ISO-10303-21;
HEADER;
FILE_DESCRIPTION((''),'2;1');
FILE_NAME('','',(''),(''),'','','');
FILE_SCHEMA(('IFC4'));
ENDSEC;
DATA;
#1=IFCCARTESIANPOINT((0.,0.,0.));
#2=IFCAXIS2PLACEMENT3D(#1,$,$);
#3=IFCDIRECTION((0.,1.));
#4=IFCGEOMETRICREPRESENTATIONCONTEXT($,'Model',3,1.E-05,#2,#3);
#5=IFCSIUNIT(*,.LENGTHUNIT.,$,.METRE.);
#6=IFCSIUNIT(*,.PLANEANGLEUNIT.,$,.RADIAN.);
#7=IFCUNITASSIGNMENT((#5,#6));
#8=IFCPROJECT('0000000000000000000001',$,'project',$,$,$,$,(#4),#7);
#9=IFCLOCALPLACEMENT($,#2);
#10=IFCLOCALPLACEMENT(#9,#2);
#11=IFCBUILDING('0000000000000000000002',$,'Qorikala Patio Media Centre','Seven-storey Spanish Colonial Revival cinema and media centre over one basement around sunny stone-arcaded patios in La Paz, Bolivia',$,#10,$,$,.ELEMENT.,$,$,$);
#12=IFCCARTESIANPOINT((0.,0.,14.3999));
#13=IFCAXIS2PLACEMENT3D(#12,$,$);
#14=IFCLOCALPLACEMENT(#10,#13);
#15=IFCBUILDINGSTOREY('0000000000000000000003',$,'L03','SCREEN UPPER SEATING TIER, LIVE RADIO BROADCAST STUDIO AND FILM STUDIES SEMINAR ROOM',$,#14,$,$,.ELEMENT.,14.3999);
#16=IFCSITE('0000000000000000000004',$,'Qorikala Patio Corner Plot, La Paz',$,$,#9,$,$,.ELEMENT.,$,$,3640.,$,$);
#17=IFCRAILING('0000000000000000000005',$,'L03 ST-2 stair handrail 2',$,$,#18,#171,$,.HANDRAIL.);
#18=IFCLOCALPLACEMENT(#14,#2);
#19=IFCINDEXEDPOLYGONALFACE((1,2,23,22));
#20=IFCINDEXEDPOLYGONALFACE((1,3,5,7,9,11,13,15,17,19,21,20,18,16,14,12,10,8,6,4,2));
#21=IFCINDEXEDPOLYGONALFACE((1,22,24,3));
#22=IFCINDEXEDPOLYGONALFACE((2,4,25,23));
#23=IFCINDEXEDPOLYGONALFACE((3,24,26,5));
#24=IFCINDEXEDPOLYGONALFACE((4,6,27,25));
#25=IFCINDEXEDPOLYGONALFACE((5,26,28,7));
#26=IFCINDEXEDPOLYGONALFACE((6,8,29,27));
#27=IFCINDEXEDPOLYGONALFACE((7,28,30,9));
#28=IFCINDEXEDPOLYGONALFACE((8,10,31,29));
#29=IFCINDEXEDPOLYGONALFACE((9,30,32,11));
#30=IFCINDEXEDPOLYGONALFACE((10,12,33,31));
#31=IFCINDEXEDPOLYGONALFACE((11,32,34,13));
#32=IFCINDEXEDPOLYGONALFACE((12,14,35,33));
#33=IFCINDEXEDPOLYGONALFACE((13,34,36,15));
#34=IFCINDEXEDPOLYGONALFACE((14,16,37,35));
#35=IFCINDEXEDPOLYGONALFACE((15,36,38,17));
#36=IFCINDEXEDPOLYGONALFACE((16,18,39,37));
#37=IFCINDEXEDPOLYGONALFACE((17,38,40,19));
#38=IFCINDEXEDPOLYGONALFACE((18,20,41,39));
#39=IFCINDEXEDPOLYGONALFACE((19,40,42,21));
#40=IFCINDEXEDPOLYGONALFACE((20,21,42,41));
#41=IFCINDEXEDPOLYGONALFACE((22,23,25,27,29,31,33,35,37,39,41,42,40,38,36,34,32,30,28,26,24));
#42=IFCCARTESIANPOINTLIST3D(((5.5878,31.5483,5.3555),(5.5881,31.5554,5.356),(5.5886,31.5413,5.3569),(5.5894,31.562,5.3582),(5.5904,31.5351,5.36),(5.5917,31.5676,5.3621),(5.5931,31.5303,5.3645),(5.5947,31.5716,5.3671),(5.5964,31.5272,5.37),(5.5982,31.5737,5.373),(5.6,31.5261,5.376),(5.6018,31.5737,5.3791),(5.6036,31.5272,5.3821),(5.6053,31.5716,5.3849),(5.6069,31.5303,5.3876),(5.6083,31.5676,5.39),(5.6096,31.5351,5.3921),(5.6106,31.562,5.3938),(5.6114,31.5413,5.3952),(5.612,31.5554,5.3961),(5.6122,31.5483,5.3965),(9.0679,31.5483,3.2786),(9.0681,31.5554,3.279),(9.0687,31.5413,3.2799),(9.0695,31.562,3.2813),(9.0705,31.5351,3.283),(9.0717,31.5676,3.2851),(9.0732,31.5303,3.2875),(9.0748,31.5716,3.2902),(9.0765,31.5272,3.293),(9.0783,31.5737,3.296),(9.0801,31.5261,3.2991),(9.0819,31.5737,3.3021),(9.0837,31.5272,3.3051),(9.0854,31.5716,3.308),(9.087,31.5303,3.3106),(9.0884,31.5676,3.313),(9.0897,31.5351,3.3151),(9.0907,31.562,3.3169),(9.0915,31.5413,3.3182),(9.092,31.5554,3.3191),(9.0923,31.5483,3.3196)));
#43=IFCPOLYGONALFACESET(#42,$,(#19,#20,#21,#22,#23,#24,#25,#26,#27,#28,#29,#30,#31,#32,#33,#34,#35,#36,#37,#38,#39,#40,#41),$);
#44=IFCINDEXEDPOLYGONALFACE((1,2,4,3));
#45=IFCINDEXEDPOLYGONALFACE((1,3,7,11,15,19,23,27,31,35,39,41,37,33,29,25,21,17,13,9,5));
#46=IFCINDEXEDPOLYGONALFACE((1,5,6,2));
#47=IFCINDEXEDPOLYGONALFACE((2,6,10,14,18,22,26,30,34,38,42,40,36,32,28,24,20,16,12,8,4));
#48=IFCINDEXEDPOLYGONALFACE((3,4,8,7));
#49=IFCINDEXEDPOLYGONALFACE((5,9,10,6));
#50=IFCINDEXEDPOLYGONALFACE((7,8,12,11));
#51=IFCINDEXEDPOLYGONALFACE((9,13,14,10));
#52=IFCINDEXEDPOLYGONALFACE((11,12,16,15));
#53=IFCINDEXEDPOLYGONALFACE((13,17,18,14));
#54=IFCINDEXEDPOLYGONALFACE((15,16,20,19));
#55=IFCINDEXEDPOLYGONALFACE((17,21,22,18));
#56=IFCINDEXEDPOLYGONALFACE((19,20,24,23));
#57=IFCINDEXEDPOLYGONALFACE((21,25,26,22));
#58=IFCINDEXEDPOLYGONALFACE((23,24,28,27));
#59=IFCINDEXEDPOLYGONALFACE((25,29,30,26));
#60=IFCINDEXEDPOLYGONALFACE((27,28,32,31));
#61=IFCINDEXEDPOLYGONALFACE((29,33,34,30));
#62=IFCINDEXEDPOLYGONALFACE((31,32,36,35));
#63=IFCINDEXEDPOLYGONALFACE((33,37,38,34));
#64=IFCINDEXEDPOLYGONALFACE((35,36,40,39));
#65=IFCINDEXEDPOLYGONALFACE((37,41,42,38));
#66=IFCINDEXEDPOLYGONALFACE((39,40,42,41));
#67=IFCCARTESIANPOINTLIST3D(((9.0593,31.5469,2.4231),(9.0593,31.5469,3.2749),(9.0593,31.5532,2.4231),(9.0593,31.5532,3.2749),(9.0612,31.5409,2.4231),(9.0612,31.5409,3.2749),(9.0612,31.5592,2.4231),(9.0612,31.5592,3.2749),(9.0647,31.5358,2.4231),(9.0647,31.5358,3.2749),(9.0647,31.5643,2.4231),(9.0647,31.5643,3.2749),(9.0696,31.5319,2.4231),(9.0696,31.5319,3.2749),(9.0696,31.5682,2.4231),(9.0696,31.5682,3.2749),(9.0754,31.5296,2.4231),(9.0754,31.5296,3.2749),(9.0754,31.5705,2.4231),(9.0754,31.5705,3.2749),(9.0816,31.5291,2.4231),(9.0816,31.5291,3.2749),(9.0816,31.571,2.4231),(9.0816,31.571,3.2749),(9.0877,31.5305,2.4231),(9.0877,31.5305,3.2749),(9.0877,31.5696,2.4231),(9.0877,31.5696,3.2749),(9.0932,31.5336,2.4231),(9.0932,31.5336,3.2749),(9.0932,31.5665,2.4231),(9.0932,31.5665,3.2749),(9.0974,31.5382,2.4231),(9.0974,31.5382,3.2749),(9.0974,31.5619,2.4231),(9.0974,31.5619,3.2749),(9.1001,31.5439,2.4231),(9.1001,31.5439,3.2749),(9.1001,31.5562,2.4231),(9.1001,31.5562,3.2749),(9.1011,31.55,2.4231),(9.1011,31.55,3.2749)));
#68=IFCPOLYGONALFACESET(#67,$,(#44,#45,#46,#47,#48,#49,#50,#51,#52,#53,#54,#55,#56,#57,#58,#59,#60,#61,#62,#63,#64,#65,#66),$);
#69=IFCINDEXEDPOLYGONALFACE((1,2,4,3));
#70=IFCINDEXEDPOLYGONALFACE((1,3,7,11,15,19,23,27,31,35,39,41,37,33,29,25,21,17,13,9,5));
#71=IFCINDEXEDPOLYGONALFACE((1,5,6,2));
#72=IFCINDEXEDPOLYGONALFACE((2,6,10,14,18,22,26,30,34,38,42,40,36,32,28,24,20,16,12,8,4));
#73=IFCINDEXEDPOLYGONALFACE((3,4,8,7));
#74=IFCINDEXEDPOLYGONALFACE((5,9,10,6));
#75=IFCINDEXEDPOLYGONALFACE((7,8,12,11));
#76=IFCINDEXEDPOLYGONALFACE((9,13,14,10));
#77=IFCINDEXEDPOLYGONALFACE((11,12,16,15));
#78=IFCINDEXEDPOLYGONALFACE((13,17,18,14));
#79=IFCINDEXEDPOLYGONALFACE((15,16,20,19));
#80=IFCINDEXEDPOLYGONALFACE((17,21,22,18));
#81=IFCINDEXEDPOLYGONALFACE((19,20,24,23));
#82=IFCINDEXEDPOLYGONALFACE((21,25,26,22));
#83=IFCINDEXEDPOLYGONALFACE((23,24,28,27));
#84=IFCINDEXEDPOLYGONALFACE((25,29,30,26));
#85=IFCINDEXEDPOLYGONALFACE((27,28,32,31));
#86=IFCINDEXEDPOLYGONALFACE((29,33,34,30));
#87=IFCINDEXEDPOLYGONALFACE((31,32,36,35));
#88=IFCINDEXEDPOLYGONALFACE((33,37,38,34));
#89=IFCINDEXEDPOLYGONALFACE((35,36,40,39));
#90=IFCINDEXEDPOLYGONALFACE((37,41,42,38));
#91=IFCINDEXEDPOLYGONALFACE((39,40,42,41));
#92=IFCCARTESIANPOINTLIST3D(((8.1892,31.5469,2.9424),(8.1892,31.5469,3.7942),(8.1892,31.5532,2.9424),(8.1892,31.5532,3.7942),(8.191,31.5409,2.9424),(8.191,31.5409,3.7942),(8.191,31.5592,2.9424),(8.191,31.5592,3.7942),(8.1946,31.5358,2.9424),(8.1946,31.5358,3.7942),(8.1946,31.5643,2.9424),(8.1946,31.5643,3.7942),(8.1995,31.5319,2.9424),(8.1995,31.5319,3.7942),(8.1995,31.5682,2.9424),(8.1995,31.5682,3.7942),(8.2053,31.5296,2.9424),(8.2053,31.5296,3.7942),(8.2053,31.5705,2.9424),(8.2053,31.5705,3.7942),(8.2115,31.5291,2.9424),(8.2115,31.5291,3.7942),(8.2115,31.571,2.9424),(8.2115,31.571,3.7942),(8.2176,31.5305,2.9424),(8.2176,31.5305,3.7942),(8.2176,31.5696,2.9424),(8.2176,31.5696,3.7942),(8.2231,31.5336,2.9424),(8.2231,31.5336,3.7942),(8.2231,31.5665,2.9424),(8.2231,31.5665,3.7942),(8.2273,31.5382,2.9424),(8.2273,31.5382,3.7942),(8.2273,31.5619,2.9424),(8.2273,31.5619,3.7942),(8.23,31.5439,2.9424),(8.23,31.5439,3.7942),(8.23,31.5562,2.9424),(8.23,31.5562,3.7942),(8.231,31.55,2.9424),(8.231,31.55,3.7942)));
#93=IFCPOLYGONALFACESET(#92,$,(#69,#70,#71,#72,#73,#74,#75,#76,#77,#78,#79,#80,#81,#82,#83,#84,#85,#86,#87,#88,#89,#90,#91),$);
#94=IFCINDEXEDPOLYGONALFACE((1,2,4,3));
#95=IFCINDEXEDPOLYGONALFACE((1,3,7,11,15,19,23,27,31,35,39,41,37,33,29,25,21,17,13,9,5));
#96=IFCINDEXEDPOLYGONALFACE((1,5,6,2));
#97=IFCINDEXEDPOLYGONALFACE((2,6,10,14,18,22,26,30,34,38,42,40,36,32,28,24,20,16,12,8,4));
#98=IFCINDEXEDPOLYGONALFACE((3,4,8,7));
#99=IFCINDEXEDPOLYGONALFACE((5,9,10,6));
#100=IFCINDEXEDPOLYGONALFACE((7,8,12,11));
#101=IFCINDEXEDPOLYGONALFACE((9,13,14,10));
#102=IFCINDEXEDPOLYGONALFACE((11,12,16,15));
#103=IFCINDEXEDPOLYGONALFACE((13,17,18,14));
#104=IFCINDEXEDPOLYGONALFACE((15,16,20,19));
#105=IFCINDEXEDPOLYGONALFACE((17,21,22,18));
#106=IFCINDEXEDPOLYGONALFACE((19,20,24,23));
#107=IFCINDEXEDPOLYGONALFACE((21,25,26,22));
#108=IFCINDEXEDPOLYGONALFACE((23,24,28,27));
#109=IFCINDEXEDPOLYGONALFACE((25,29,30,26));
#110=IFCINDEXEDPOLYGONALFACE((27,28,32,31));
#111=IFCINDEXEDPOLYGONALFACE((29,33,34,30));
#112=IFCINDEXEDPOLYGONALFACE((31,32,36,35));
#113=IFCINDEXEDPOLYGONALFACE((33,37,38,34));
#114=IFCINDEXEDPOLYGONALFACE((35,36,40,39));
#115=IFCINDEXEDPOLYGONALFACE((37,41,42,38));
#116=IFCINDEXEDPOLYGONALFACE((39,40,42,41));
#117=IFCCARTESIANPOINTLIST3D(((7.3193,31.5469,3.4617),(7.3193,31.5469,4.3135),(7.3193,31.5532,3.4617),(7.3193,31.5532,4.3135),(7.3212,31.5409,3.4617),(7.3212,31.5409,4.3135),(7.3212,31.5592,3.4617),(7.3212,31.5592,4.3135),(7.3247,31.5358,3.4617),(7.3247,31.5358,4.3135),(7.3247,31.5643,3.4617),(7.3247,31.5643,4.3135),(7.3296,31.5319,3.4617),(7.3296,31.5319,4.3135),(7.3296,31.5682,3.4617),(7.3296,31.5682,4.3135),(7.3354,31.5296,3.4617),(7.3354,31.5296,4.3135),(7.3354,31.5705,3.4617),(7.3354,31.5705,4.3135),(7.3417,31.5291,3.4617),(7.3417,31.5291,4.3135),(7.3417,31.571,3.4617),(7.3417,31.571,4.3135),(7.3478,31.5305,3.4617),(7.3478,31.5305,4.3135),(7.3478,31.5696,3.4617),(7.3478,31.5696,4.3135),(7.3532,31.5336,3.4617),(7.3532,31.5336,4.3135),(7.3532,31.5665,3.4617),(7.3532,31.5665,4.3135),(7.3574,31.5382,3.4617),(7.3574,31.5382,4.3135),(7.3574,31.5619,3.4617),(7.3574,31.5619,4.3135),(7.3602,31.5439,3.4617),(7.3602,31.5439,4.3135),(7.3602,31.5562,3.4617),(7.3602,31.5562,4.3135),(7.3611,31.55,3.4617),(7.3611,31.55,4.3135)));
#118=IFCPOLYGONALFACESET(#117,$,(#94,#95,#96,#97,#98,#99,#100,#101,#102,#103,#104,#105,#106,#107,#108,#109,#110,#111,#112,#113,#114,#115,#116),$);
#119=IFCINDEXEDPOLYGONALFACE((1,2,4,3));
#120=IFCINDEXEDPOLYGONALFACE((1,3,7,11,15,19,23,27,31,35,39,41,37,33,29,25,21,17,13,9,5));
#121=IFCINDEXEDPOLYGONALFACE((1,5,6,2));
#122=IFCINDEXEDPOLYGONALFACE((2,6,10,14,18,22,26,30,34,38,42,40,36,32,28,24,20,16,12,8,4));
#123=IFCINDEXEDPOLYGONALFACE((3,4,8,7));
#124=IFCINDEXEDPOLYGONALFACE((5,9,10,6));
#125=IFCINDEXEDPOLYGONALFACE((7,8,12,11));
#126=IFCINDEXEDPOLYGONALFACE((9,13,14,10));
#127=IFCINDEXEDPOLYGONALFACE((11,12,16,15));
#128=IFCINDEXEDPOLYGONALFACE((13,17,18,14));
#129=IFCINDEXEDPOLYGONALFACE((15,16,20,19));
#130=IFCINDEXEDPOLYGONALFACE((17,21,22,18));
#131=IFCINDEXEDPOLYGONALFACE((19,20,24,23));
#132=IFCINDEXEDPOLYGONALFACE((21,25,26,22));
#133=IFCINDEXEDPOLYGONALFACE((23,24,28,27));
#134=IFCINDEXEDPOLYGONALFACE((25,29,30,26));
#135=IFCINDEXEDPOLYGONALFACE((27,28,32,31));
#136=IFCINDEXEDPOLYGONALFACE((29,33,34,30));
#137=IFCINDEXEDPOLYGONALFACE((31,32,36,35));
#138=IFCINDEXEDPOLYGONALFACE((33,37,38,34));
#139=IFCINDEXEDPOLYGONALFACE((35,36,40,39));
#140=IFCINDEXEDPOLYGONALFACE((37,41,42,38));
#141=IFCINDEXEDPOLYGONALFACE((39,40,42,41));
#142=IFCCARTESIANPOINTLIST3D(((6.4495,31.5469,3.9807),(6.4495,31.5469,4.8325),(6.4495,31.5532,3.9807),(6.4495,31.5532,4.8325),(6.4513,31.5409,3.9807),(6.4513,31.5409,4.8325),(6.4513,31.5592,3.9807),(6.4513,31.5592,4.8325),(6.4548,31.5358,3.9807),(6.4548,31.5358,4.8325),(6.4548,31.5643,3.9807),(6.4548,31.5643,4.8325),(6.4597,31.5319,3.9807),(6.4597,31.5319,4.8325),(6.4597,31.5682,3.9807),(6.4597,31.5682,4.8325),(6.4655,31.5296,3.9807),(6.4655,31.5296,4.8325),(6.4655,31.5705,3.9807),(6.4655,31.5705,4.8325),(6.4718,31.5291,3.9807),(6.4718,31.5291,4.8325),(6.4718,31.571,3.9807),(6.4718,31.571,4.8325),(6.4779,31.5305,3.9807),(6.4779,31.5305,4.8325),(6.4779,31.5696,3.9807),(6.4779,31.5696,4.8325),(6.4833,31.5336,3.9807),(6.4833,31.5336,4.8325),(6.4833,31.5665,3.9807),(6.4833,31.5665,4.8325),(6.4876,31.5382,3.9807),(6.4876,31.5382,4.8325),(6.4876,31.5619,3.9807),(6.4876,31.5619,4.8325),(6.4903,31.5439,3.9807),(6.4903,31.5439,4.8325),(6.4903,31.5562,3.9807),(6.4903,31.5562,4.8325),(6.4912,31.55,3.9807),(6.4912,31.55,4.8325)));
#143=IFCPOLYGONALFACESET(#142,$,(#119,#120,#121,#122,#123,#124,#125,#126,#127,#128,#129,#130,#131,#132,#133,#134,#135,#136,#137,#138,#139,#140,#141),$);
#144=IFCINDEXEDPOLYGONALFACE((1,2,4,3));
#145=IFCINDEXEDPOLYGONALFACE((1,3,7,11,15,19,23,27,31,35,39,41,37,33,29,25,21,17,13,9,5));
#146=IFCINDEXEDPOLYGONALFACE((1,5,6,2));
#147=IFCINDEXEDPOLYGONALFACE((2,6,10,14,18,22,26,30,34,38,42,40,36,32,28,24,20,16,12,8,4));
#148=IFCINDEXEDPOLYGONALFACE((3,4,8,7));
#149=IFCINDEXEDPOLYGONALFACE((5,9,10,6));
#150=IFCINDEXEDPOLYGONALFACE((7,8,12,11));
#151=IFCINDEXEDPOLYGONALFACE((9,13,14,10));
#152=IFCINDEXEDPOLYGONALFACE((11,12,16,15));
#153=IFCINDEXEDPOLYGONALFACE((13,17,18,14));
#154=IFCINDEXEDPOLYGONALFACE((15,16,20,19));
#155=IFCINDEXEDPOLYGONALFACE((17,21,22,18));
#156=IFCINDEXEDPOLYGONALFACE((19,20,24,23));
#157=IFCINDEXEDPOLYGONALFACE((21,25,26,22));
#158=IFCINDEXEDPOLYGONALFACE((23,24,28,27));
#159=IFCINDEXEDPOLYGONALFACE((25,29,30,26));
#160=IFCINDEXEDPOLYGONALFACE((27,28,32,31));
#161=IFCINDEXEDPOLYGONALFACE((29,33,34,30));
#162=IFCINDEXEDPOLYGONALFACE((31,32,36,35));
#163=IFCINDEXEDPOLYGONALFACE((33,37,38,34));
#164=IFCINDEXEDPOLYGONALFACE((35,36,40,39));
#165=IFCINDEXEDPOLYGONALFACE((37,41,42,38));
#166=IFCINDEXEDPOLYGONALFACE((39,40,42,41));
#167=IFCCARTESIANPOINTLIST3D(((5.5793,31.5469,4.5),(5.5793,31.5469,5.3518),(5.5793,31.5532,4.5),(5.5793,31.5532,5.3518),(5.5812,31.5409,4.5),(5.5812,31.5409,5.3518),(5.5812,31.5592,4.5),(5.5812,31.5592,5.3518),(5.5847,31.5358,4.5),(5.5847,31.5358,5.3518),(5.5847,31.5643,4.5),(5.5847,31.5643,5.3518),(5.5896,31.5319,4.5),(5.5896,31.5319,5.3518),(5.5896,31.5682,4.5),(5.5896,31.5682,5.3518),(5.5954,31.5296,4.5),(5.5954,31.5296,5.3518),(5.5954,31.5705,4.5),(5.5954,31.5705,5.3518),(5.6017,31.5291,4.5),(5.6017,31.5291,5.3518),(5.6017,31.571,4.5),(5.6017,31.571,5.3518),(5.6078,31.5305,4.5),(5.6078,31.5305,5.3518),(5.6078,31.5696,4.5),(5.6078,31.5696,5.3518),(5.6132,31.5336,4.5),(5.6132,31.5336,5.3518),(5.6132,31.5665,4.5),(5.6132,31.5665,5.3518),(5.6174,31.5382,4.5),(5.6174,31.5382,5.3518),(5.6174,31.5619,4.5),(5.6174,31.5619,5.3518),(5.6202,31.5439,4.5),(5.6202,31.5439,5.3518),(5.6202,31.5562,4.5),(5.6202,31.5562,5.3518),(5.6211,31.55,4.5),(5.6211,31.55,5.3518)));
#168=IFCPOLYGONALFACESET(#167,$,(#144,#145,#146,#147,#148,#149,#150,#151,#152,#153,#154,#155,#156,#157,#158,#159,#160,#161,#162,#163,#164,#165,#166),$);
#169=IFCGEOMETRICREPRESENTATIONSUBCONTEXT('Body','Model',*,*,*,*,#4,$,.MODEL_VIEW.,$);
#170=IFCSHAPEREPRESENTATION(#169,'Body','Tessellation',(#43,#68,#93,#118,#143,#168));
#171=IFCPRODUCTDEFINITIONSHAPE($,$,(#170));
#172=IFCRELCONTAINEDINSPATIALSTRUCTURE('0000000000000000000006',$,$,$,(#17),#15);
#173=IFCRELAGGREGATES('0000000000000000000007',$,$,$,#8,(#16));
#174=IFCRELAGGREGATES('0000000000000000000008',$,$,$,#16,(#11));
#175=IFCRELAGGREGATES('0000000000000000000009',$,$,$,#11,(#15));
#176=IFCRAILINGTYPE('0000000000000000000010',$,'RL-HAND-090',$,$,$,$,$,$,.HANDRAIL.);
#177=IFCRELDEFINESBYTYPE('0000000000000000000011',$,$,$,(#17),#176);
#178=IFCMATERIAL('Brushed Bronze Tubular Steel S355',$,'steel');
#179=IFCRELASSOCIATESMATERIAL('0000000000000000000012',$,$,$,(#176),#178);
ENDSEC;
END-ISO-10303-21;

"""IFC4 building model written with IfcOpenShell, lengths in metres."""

from ifc_helpers import new_model, si_unit, direction, frame, origin, origin_2d, place, context, subcontext, project, spatial, circle, extrude, material, type_object, element, save


model = new_model("IFC4")

# Units and contexts
model_context = context("Model", 3, precision=1e-05, world=origin(), true_north=direction((0.0, 1.0)))
body_context = subcontext(model_context, "Body", "Model", "MODEL_VIEW")
ifc_project = project(units=[si_unit("LENGTHUNIT", "METRE"), si_unit("PLANEANGLEUNIT", "RADIAN")], contexts=[model_context])

# Site, building, storey
site_placement = place(None, origin())
site = spatial("IfcSite", under=ifc_project, at=site_placement, Name="Qorikala Patio Corner Plot, La Paz", CompositionType="ELEMENT", RefElevation=3640.0)
building_placement = place(site_placement, origin())
building = spatial("IfcBuilding", under=site, at=building_placement, Name="Qorikala Patio Media Centre", Description="Seven-storey Spanish Colonial Revival cinema and media centre over one basement around sunny stone-arcaded patios in La Paz, Bolivia", CompositionType="ELEMENT")
storey_placement = place(building_placement, frame((0.0, 0.0, 14.3999)))
storey = spatial("IfcBuildingStorey", under=building, at=storey_placement, Name="L03", Description="SCREEN UPPER SEATING TIER, LIVE RADIO BROADCAST STUDIO AND FILM STUDIES SEMINAR ROOM", CompositionType="ELEMENT", Elevation=14.3999)

# Railing
ifc_material_1 = material(Name="Brushed Bronze Tubular Steel S355", Category="steel")
railing_type_1 = type_object("IfcRailingType", Name="RL-HAND-090", PredefinedType="HANDRAIL", material=ifc_material_1)
railing_1_placement = place(storey_placement, frame((9.0801, 31.55, 2.4231)))
element("IfcRailing", 1, at=railing_1_placement, inside=storey, type_object=railing_type_1, Name="L03 ST-2 stair handrail 2", PredefinedType="HANDRAIL", context=body_context, shape_type="SweptSolid", body=[
    extrude(circle(Radius=0.0239, at=origin_2d()), frame((0.0, 0.0, 0.876), z_axis=(-0.858697, 0.0, 0.512483), x_axis=(0.0, -1.0, 0.0)), (0.0, 0.0, 1.0), 4.0527),
    extrude(circle(Radius=0.021, at=origin_2d()), origin(), (0.0, 0.0, 1.0), 0.8518),
    extrude(circle(Radius=0.021, at=origin_2d()), frame((-0.8701, 0.0, 0.5193)), (0.0, 0.0, 1.0), 0.8518),
    extrude(circle(Radius=0.021, at=origin_2d()), frame((-1.74, 0.0, 1.0386)), (0.0, 0.0, 1.0), 0.8518),
    extrude(circle(Radius=0.021, at=origin_2d()), frame((-2.6099, 0.0, 1.5576)), (0.0, 0.0, 1.0), 0.8518),
    extrude(circle(Radius=0.021, at=origin_2d()), frame((-3.48, 0.0, 2.0769)), (0.0, 0.0, 1.0), 0.8518),
])

save(model, "model.ifc")
